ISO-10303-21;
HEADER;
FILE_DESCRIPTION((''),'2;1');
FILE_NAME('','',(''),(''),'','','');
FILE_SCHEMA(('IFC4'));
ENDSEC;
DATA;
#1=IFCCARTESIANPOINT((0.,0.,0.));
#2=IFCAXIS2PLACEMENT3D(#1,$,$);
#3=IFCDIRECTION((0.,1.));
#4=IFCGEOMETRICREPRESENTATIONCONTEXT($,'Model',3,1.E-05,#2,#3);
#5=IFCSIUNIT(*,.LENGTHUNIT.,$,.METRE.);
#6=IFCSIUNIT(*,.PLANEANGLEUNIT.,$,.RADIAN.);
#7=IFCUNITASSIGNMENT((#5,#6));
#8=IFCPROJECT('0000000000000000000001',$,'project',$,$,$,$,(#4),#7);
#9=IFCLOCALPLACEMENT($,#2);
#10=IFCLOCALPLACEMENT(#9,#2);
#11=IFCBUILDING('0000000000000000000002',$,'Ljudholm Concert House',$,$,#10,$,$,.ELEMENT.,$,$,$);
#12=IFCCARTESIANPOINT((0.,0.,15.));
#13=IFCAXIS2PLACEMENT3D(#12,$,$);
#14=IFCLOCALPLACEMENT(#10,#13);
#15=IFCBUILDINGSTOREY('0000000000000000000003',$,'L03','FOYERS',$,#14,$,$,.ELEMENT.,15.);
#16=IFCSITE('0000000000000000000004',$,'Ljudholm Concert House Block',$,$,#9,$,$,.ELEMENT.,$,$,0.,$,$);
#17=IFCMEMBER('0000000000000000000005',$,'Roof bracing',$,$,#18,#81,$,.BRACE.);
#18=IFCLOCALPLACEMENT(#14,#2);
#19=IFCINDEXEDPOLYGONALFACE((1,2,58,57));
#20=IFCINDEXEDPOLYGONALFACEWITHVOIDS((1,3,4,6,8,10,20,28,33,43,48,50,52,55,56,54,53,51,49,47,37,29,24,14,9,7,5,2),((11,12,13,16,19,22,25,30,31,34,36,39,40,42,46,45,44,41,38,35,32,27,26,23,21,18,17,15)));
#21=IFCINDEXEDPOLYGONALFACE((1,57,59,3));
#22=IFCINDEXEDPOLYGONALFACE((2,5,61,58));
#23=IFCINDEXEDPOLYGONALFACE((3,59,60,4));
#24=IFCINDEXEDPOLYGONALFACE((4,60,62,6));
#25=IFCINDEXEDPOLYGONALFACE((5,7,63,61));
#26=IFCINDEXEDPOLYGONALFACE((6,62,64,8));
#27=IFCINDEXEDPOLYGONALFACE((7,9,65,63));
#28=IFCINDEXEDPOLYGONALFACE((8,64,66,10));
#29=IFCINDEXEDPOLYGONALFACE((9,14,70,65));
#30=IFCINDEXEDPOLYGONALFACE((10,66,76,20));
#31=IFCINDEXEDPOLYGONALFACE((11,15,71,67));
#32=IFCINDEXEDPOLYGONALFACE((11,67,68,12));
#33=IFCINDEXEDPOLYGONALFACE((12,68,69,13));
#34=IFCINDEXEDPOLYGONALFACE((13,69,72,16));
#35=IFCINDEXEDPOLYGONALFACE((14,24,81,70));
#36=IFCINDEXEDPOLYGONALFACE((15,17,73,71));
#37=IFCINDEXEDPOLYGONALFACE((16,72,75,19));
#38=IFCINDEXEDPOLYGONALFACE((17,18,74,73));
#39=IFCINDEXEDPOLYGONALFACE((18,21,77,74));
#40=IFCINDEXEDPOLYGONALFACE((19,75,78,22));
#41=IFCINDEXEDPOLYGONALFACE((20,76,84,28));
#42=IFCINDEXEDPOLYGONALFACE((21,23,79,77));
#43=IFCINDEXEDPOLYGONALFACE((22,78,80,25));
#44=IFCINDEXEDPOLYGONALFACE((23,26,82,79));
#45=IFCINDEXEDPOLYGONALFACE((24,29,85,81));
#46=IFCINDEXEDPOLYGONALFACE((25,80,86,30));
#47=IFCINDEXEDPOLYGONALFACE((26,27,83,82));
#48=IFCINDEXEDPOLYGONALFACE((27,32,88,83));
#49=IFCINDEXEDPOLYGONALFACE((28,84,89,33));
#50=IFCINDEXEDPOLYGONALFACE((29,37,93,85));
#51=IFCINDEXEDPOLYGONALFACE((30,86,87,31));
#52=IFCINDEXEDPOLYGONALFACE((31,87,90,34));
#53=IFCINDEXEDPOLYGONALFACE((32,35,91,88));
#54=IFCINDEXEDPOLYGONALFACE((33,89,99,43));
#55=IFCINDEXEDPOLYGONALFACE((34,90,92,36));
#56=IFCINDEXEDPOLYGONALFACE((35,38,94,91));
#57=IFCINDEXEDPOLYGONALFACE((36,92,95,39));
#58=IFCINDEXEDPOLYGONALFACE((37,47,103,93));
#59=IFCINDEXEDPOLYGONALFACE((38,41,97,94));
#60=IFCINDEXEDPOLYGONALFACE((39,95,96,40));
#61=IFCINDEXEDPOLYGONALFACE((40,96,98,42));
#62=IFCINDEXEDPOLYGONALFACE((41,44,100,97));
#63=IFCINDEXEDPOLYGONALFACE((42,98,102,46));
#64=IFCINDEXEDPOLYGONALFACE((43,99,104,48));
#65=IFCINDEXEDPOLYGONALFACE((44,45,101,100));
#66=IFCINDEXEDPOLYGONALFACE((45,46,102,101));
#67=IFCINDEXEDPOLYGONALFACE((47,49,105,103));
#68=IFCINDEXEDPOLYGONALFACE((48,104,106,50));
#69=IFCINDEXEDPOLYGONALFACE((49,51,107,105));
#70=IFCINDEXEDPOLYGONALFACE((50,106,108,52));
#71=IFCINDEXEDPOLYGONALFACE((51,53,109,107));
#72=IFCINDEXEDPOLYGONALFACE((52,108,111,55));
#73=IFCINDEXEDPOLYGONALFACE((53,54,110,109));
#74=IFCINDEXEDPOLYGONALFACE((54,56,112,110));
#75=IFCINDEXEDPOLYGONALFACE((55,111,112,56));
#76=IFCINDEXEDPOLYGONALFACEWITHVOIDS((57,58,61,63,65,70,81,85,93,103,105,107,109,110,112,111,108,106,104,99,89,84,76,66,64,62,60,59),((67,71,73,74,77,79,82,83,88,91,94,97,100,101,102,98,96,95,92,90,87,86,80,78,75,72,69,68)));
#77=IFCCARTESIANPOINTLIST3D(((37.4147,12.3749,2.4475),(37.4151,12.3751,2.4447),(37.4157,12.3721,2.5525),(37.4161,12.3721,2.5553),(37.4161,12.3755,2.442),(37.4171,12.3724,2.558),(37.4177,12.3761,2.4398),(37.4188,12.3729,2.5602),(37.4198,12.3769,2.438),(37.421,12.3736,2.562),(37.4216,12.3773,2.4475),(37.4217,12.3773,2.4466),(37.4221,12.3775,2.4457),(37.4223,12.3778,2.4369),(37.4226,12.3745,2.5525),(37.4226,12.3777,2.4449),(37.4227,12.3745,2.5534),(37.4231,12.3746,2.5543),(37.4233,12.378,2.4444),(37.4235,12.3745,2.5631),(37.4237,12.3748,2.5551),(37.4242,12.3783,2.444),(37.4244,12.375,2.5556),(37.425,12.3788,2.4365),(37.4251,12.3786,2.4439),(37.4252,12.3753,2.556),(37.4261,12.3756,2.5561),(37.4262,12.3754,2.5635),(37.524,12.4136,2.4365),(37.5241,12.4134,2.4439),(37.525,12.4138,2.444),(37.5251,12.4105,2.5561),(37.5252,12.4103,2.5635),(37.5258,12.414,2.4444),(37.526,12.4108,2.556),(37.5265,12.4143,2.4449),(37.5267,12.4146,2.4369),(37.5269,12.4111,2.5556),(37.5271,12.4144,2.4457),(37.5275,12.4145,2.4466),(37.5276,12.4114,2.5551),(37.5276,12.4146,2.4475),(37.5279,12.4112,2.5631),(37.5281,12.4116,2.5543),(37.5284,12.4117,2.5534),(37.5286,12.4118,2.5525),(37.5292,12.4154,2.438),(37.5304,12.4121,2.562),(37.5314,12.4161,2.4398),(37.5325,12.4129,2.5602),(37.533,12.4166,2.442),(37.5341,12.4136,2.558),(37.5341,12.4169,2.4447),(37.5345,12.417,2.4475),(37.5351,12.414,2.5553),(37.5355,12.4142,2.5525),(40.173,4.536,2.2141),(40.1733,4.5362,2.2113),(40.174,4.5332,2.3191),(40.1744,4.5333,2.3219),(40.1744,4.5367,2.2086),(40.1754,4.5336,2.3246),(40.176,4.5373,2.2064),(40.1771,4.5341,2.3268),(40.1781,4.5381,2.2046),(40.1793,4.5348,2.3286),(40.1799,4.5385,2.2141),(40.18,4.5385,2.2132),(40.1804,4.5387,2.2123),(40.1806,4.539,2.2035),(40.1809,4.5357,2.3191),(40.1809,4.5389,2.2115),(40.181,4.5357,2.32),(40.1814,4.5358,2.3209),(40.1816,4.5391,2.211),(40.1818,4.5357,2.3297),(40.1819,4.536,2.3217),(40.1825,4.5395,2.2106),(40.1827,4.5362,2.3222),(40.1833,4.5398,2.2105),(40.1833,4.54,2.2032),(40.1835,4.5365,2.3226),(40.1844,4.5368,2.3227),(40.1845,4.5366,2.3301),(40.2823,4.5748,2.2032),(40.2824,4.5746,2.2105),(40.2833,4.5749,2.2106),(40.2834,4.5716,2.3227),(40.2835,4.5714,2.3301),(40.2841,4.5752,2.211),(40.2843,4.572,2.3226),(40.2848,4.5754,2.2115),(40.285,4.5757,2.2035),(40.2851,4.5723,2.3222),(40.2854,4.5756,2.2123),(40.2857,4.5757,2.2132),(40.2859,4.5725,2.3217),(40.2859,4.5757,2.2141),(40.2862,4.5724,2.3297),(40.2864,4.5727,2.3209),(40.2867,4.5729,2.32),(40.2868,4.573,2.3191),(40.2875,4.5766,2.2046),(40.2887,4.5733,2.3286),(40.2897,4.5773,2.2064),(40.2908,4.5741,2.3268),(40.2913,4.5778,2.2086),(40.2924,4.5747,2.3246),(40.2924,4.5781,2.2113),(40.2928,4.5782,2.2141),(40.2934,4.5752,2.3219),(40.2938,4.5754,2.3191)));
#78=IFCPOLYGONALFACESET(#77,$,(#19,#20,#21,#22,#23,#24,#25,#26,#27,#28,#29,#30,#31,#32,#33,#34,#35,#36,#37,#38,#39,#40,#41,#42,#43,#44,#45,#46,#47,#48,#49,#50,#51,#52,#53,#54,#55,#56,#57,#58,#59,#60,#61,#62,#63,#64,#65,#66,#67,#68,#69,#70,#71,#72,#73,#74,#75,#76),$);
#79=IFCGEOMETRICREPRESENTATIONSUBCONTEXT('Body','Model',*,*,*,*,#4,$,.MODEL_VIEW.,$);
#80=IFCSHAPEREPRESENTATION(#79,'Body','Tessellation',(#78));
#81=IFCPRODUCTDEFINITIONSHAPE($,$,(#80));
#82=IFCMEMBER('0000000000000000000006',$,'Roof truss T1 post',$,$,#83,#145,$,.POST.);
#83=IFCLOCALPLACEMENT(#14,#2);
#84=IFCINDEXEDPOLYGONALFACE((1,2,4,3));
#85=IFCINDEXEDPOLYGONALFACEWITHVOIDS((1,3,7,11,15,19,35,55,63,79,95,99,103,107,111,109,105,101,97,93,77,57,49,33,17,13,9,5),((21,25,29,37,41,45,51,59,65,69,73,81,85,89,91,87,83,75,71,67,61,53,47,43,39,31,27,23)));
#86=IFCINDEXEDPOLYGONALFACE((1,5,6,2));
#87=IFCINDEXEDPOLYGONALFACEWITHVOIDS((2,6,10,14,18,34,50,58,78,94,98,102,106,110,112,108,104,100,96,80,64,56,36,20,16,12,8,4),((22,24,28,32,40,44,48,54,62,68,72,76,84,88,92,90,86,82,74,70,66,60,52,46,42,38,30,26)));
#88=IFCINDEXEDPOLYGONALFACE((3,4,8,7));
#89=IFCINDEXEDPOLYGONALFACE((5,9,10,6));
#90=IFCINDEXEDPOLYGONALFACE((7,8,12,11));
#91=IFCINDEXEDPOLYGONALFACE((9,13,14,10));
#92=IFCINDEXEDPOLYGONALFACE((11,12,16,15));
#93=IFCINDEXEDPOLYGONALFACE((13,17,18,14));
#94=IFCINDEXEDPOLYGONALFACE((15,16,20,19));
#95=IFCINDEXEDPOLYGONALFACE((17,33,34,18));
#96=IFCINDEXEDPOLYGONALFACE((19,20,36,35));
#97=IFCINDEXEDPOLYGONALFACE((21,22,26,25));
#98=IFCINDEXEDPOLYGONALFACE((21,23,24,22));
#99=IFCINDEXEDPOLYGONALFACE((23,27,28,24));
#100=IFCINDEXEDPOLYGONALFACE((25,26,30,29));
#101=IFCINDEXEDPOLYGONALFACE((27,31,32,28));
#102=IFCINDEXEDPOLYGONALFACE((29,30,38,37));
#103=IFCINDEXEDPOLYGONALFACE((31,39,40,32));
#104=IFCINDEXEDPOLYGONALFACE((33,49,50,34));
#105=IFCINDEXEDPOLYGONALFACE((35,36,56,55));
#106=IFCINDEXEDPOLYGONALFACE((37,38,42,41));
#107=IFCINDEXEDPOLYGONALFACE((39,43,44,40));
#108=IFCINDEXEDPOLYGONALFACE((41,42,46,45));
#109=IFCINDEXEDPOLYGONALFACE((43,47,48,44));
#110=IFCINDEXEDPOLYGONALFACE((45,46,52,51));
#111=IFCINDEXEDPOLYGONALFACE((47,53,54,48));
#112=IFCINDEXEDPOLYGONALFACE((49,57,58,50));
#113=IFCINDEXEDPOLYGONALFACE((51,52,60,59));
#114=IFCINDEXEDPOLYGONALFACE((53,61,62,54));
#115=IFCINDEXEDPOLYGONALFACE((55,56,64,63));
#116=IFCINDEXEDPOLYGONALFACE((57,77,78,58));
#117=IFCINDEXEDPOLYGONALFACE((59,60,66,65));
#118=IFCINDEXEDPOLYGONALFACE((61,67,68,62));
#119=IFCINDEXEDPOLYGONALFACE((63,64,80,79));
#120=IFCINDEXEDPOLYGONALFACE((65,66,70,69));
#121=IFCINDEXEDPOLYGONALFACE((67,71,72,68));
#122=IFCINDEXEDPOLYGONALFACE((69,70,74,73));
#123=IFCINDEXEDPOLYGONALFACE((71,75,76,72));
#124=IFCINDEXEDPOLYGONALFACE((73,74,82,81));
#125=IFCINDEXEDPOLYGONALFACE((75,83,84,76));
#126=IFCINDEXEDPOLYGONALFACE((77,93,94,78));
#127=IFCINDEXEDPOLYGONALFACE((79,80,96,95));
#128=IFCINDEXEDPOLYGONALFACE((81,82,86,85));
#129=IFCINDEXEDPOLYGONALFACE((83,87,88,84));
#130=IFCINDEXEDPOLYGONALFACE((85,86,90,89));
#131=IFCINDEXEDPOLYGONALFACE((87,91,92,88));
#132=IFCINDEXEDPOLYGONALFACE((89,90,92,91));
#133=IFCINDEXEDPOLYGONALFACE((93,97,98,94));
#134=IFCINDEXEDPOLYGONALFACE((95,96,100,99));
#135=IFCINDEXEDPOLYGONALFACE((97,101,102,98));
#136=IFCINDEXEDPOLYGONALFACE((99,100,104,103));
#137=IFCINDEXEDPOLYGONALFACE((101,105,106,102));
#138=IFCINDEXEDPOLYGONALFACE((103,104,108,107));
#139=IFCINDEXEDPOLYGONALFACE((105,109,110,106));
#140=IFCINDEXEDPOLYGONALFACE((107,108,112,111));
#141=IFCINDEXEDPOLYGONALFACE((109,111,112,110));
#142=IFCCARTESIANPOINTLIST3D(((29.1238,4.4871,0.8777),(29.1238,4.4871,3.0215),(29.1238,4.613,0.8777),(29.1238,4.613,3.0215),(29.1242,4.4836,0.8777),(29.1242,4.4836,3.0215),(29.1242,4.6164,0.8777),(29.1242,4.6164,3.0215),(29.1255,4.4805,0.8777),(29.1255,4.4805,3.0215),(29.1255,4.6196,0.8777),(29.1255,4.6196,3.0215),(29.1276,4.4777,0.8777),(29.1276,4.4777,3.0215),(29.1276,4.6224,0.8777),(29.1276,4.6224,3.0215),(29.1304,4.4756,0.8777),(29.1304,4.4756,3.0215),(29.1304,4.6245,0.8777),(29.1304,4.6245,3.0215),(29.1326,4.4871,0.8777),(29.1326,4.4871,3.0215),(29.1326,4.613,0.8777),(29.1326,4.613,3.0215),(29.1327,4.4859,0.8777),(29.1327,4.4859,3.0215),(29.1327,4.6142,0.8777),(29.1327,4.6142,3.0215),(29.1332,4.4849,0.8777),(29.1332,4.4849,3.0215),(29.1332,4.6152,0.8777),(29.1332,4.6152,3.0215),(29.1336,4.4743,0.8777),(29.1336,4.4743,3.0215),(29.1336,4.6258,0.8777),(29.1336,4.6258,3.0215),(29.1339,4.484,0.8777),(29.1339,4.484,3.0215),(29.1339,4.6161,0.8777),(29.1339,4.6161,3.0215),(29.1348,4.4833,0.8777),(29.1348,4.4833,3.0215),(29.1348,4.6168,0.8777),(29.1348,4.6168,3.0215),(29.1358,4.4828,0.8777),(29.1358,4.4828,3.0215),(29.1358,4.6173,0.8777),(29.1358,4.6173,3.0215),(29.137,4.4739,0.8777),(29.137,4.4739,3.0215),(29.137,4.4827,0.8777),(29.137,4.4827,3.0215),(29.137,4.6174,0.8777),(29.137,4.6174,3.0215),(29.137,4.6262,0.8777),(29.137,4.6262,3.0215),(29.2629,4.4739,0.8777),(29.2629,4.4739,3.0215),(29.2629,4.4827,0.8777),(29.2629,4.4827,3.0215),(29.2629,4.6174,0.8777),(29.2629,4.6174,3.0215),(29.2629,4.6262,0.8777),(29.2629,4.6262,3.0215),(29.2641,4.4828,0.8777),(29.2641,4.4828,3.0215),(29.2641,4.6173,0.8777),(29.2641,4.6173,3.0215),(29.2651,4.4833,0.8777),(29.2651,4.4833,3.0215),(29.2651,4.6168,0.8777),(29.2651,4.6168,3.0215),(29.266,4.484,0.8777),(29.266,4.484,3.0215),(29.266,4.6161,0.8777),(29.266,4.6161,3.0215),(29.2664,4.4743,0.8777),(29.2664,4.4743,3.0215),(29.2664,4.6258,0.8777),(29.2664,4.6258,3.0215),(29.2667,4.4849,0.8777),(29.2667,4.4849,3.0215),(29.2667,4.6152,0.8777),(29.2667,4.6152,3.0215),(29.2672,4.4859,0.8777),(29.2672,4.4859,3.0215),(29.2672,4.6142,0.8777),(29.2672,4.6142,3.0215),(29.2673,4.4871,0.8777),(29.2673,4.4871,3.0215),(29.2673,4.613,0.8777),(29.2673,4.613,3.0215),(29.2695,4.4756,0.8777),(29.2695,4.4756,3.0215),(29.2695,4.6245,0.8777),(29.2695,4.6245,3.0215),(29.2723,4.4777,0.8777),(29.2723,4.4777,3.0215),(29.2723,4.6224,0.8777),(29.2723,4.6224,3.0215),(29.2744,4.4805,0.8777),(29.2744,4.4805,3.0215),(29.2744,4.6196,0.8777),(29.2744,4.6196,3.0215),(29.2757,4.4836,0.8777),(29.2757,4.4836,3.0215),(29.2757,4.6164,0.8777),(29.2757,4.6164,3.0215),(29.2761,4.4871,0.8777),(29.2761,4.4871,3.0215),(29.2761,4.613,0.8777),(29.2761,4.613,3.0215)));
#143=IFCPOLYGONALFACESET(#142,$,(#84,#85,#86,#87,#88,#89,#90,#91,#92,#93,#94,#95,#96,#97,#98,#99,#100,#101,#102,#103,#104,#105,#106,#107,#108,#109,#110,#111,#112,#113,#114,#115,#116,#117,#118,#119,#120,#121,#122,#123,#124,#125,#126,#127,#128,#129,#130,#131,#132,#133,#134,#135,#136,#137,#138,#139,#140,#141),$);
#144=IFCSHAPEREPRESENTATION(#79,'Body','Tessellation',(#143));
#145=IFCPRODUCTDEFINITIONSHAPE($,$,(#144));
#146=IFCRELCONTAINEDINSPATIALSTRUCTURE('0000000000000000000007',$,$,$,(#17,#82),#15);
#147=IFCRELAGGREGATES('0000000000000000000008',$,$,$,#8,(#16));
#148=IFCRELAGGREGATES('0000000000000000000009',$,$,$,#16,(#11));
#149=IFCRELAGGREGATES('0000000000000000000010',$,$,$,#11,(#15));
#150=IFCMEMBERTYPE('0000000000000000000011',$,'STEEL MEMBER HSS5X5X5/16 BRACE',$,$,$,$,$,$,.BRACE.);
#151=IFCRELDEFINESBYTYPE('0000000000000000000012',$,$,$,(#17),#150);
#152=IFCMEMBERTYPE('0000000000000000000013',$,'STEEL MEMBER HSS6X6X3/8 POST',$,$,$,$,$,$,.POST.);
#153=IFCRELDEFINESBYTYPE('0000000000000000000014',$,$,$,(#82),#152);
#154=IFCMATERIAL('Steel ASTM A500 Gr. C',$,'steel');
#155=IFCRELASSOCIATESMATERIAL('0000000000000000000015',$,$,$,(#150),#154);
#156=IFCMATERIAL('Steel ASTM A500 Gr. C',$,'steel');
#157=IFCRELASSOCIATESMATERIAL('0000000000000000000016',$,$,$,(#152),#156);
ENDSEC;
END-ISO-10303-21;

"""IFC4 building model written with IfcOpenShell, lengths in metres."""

from ifc_helpers import new_model, si_unit, direction, frame, origin, origin_2d, place, context, subcontext, project, spatial, hollow_rectangle, extrude, material, material_profile, profile_set, type_object, element, save


model = new_model("IFC4")

# Units and contexts
model_context = context("Model", 3, precision=1e-05, world=origin(), true_north=direction((0.0, 1.0)))
body_context = subcontext(model_context, "Body", "Model", "MODEL_VIEW")
ifc_project = project(units=[si_unit("LENGTHUNIT", "METRE"), si_unit("PLANEANGLEUNIT", "RADIAN")], contexts=[model_context])

# Site, building, storey
site_placement = place(None, origin())
site = spatial("IfcSite", under=ifc_project, at=site_placement, Name="Ljudholm Concert House Block", CompositionType="ELEMENT", RefElevation=0.0)
building_placement = place(site_placement, origin())
building = spatial("IfcBuilding", under=site, at=building_placement, Name="Ljudholm Concert House", CompositionType="ELEMENT")
storey_placement = place(building_placement, frame((0.0, 0.0, 15.0)))
storey = spatial("IfcBuildingStorey", under=building, at=storey_placement, Name="L03", Description="FOYERS", CompositionType="ELEMENT", Elevation=15.0)

# Members
ifc_material_1 = material(Name="Steel ASTM A500 Gr. C", Category="steel")
ifc_material_profile_1 = material_profile(ifc_material_1, hollow_rectangle(XDim=0.127, YDim=0.127, WallThickness=0.0073, InnerFilletRadius=0.0037, OuterFilletRadius=0.011, at=origin_2d()), Name="HSS5X5X5/16")
ifc_profile_set_1 = profile_set([ifc_material_profile_1], Name="Steel ASTM A500 Gr. C")
member_type_1 = type_object("IfcMemberType", Name="STEEL MEMBER HSS5X5X5/16 BRACE", PredefinedType="BRACE", material=ifc_profile_set_1)
member_1_placement = place(storey_placement, frame((37.4751, 12.3945, 2.5), z_axis=(0.331795, -0.942934, -0.028075), x_axis=(0.943306, 0.331926, 0.0)))
element("IfcMember", 1, at=member_1_placement, inside=storey, type_object=member_type_1, Name="Roof bracing", PredefinedType="BRACE", context=body_context, shape_type="SweptSolid", body=[
    extrude(hollow_rectangle(XDim=0.127, YDim=0.127, WallThickness=0.0073, InnerFilletRadius=0.0037, OuterFilletRadius=0.011, at=origin_2d()), origin(), (0.0, 0.0, 1.0), 8.3132),
])
ifc_material_2 = material(Name="Steel ASTM A500 Gr. C", Category="steel")
ifc_material_profile_2 = material_profile(ifc_material_2, hollow_rectangle(XDim=0.1523, YDim=0.1523, WallThickness=0.0088, InnerFilletRadius=0.0044, OuterFilletRadius=0.0132, at=origin_2d()), Name="HSS6X6X3/8")
ifc_profile_set_2 = profile_set([ifc_material_profile_2], Name="Steel ASTM A500 Gr. C")
member_type_2 = type_object("IfcMemberType", Name="STEEL MEMBER HSS6X6X3/8 POST", PredefinedType="POST", material=ifc_profile_set_2)
member_2_placement = place(storey_placement, frame((29.2, 4.55, 0.8777), z_axis=(0.0, 0.0, 1.0), x_axis=(1.0, 0.0, 0.0)))
element("IfcMember", 2, at=member_2_placement, inside=storey, type_object=member_type_2, Name="Roof truss T1 post", PredefinedType="POST", context=body_context, shape_type="SweptSolid", body=[
    extrude(hollow_rectangle(XDim=0.1523, YDim=0.1523, WallThickness=0.0088, InnerFilletRadius=0.0044, OuterFilletRadius=0.0132, at=origin_2d()), origin(), (0.0, 0.0, 1.0), 2.1438),
])

save(model, "model.ifc")
